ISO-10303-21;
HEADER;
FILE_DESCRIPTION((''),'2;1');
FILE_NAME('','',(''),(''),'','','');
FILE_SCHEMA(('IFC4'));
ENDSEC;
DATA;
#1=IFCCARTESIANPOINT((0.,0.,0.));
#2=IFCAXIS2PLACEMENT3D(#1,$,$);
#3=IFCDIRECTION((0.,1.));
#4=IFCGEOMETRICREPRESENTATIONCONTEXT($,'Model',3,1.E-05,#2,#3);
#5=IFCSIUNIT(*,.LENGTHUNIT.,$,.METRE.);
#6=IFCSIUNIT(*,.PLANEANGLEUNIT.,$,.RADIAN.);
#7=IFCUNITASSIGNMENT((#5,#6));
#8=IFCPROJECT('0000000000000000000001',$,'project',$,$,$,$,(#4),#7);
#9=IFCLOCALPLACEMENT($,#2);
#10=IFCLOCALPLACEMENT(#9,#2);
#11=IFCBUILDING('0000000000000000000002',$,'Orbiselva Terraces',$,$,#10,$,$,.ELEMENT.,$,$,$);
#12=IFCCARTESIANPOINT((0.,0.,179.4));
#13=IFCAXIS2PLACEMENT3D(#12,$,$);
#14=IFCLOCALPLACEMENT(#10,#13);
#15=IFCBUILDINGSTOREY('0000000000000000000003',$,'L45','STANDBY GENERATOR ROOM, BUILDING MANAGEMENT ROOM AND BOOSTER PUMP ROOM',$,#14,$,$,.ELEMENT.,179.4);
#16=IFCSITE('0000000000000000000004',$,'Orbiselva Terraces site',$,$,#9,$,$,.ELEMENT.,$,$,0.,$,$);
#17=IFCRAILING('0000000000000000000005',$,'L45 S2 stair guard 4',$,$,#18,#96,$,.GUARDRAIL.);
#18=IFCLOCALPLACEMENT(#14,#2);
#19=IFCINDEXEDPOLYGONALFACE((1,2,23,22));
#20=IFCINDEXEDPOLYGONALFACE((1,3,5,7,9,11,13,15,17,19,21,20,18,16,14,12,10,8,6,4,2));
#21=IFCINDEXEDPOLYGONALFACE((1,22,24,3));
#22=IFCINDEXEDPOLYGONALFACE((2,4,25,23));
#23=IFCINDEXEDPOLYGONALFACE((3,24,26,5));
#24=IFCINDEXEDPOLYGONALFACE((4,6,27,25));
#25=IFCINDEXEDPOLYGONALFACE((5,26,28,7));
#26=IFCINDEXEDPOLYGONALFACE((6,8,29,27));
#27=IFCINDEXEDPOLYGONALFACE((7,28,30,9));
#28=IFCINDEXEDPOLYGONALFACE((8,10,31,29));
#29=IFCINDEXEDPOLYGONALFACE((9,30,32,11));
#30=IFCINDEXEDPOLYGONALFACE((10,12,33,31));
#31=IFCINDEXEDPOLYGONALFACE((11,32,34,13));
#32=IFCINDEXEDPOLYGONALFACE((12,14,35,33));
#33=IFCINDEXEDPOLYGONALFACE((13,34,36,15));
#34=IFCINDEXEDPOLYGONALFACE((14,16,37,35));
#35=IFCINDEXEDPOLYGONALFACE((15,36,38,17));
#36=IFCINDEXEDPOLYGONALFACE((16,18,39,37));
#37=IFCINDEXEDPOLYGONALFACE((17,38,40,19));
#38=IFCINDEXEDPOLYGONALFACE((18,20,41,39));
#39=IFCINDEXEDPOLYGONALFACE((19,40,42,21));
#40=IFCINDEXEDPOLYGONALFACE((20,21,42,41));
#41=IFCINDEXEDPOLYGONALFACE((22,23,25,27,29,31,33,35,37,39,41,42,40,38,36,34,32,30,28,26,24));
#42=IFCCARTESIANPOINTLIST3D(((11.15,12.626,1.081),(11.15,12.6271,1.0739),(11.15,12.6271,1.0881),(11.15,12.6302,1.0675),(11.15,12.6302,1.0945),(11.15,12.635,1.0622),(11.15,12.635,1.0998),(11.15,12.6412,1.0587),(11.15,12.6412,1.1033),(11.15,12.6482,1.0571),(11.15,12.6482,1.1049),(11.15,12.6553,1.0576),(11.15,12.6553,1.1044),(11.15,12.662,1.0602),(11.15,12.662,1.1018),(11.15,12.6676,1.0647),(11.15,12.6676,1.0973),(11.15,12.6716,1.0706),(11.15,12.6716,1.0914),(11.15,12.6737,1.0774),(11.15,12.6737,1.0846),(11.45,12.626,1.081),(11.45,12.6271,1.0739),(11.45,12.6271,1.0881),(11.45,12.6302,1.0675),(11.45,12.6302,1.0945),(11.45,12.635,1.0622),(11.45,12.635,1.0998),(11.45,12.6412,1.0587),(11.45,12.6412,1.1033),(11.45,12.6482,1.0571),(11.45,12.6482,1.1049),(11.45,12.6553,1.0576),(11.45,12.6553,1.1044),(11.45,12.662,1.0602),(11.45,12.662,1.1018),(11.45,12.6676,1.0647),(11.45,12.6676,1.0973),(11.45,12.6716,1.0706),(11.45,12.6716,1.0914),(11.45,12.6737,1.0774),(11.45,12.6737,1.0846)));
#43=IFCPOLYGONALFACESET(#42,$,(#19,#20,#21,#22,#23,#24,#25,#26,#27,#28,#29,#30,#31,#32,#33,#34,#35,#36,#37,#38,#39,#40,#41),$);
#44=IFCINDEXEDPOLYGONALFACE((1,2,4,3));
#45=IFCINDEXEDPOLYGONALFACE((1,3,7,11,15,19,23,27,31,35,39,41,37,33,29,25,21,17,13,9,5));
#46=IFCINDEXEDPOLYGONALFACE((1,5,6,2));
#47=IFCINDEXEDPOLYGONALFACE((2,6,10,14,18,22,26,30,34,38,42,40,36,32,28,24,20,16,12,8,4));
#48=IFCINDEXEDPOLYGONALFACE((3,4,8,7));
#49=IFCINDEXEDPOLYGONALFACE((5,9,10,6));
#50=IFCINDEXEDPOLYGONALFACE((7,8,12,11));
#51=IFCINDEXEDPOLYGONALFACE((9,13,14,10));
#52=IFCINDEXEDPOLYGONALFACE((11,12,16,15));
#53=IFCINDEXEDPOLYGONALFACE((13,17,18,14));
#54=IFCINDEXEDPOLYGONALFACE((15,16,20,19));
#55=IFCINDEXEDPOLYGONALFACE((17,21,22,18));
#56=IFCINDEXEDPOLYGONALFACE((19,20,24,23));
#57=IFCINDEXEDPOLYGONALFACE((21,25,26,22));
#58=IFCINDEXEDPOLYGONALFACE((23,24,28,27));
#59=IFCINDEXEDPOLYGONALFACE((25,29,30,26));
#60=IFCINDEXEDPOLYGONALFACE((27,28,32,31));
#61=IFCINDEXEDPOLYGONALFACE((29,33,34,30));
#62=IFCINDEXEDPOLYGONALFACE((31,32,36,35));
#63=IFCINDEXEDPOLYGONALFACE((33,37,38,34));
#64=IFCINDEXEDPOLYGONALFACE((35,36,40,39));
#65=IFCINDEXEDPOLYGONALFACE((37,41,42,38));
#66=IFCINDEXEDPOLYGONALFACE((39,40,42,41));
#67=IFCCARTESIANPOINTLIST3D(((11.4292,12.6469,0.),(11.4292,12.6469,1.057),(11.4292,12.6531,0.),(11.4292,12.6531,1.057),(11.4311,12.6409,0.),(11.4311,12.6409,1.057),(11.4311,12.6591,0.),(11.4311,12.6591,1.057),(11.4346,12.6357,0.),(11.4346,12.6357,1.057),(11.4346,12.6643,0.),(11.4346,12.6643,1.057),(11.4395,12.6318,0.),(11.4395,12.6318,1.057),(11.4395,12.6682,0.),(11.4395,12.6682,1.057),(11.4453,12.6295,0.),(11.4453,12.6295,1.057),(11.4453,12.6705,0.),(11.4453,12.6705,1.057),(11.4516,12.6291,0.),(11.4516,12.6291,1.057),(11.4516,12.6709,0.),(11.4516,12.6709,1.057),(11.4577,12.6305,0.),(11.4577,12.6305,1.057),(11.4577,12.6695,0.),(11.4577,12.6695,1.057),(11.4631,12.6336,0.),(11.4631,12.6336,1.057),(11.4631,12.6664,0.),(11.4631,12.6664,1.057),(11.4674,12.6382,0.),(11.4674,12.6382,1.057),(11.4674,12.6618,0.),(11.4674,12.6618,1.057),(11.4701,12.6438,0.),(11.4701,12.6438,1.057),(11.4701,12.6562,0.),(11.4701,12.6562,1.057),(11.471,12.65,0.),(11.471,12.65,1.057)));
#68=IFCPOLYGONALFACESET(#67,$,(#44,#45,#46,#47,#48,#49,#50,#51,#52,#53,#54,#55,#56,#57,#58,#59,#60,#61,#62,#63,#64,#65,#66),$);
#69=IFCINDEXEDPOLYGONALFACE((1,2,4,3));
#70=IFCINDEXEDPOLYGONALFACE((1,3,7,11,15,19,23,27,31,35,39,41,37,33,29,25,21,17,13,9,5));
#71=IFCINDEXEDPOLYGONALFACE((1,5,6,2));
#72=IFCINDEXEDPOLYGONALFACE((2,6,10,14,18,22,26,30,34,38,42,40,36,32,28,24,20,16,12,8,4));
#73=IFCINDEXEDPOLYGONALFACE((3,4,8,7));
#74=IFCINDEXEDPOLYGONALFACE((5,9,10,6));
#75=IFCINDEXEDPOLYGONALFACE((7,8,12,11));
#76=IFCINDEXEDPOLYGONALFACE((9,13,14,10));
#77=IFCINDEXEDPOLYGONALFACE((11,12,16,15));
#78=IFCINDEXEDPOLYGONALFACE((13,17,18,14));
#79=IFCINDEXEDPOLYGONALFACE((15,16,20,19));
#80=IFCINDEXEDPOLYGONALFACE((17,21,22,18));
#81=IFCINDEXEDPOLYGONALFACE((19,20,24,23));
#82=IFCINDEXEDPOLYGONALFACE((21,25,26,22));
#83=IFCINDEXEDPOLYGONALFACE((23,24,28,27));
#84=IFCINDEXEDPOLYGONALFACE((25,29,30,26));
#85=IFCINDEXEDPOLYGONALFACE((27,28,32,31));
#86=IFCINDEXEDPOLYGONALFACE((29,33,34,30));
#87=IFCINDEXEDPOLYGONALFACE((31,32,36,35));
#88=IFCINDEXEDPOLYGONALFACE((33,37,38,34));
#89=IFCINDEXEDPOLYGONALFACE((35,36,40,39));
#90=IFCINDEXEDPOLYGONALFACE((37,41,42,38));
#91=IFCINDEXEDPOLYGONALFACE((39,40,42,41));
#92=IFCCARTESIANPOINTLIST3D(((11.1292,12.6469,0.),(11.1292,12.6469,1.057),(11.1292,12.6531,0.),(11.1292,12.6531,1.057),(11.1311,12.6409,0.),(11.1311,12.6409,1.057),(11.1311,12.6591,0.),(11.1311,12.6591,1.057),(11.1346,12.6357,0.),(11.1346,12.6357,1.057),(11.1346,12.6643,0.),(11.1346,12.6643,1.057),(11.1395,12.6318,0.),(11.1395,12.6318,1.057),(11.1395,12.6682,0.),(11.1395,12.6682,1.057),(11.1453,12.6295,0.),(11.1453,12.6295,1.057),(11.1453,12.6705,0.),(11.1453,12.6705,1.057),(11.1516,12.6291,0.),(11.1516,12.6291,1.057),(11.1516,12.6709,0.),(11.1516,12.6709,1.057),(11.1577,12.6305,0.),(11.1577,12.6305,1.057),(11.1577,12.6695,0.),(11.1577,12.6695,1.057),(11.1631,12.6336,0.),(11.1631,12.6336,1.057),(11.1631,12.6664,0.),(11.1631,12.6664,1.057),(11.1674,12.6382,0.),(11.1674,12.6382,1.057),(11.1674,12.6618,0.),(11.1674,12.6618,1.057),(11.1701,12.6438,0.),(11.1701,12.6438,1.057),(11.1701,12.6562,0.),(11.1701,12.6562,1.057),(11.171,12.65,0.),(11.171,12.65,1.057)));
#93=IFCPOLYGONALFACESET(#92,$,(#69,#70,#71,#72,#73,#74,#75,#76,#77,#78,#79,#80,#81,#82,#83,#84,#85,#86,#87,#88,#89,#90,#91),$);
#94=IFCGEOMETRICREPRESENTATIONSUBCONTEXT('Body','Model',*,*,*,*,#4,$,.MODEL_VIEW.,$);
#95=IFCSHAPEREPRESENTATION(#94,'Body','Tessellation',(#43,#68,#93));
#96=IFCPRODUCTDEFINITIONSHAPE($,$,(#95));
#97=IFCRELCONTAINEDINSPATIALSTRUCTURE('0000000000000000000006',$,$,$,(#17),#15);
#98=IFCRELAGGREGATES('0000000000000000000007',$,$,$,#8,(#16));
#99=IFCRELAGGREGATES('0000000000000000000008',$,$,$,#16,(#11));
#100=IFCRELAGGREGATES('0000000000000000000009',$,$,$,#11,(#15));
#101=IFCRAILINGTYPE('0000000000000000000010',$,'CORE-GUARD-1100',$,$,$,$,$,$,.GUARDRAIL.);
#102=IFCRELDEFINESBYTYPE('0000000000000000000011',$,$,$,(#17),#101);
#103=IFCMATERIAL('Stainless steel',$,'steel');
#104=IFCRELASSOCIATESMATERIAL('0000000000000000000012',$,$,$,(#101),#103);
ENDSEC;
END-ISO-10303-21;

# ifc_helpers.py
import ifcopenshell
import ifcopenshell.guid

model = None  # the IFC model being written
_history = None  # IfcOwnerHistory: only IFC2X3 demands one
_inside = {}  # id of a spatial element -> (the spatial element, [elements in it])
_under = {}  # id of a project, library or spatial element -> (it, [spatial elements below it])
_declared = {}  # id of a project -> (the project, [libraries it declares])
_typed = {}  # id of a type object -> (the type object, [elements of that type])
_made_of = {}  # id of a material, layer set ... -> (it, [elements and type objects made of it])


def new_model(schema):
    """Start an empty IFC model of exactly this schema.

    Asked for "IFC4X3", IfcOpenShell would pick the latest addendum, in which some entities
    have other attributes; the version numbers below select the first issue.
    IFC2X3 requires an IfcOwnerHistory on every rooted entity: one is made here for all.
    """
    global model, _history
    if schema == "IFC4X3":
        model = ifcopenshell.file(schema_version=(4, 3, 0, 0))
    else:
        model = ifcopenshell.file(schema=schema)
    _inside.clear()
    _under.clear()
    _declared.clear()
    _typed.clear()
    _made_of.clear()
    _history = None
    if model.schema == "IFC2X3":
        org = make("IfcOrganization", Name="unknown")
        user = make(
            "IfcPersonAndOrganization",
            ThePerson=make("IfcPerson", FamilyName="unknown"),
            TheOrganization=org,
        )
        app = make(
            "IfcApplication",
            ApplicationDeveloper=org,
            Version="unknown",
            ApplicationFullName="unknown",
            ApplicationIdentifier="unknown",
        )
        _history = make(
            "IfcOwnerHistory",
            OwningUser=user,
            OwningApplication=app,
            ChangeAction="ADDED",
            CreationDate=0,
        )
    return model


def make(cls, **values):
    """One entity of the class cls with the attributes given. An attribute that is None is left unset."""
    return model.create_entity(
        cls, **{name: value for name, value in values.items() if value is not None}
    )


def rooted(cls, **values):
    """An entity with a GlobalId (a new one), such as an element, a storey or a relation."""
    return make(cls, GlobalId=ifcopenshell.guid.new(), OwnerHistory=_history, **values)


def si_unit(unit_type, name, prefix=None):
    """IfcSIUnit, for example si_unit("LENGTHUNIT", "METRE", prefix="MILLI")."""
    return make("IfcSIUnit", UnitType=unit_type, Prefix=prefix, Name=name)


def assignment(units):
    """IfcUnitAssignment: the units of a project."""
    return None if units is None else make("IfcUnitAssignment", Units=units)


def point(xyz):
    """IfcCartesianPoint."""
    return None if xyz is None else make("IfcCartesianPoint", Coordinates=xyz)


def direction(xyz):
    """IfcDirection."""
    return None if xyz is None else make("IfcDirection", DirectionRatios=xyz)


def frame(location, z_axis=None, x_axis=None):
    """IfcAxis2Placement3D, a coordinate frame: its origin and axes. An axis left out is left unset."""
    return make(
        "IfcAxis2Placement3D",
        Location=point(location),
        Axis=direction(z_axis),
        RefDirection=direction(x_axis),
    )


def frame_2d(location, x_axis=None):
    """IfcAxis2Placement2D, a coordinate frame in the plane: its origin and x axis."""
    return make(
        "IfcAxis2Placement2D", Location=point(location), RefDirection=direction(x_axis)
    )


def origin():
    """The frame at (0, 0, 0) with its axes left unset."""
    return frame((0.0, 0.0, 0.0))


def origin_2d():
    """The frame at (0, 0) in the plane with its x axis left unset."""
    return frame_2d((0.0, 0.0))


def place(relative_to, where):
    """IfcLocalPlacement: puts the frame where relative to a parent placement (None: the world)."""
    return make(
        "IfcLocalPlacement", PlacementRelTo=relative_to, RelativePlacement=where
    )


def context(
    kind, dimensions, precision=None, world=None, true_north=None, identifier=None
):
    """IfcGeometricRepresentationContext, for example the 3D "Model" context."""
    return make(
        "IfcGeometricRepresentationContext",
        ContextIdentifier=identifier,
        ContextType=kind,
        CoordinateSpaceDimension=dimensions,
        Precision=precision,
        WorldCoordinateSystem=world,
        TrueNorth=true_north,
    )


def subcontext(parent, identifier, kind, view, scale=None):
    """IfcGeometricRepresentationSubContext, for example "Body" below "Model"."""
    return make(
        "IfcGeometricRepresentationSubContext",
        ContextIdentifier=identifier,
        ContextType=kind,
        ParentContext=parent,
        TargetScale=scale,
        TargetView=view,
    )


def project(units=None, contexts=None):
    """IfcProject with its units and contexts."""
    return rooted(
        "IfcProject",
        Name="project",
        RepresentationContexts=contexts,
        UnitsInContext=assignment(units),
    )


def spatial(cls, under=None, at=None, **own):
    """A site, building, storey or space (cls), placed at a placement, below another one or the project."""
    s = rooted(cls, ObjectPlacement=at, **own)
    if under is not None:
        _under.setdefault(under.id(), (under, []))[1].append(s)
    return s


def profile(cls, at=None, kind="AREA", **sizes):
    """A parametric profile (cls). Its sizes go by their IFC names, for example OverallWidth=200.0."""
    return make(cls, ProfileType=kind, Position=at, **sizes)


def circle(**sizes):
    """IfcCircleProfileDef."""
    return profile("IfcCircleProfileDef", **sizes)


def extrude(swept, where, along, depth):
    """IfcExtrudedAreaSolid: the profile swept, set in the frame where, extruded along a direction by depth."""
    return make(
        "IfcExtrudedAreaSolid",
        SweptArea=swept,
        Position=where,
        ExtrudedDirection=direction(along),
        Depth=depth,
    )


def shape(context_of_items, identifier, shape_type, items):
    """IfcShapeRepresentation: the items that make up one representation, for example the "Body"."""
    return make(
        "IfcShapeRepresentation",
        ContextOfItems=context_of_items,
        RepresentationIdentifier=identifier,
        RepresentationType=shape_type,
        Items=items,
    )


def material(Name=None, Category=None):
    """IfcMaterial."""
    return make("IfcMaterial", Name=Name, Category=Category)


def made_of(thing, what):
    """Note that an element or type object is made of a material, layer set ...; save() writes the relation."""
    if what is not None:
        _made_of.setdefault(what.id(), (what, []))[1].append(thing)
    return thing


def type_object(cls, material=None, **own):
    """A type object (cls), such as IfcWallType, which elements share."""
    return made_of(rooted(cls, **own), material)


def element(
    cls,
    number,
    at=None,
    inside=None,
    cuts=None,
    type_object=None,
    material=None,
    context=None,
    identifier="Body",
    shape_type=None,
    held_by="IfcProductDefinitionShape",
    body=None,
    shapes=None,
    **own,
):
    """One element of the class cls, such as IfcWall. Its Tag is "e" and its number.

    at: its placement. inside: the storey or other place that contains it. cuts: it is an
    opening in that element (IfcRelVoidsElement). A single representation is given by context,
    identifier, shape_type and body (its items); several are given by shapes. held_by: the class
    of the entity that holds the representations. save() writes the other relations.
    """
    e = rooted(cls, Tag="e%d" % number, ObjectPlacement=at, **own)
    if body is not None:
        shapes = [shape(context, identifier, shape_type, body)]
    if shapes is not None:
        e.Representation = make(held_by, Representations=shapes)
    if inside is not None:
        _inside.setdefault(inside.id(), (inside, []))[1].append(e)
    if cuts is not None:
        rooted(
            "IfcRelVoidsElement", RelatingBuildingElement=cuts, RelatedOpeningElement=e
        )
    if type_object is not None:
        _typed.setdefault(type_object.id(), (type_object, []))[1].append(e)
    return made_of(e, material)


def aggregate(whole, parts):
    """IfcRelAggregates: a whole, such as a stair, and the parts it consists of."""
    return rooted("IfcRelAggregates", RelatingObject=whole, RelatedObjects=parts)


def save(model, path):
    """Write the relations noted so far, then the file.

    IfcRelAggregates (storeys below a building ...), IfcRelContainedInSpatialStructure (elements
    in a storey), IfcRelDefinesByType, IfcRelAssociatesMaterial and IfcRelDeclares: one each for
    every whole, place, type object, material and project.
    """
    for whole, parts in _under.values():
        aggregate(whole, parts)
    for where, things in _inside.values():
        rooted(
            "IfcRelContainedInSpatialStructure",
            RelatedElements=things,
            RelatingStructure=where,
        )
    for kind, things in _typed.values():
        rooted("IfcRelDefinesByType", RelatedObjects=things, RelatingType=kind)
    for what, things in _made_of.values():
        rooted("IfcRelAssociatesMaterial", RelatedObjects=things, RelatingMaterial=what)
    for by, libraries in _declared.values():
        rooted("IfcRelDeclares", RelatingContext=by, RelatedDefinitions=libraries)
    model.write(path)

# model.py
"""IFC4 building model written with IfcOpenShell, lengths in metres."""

from ifc_helpers import new_model, si_unit, direction, frame, origin, origin_2d, place, context, subcontext, project, spatial, circle, extrude, material, type_object, element, save


model = new_model("IFC4")

# Units and contexts
model_context = context("Model", 3, precision=1e-05, world=origin(), true_north=direction((0.0, 1.0)))
body_context = subcontext(model_context, "Body", "Model", "MODEL_VIEW")
ifc_project = project(units=[si_unit("LENGTHUNIT", "METRE"), si_unit("PLANEANGLEUNIT", "RADIAN")], contexts=[model_context])

# Site, building, storey
site_placement = place(None, origin())
site = spatial("IfcSite", under=ifc_project, at=site_placement, Name="Orbiselva Terraces site", CompositionType="ELEMENT", RefElevation=0.0)
building_placement = place(site_placement, origin())
building = spatial("IfcBuilding", under=site, at=building_placement, Name="Orbiselva Terraces", CompositionType="ELEMENT")
storey_placement = place(building_placement, frame((0.0, 0.0, 179.4)))
storey = spatial("IfcBuildingStorey", under=building, at=storey_placement, Name="L45", Description="STANDBY GENERATOR ROOM, BUILDING MANAGEMENT ROOM AND BOOSTER PUMP ROOM", CompositionType="ELEMENT", Elevation=179.4)

# Railing
ifc_material_1 = material(Name="Stainless steel", Category="steel")
railing_type = type_object("IfcRailingType", Name="CORE-GUARD-1100", PredefinedType="GUARDRAIL", material=ifc_material_1)
railing_1_placement = place(storey_placement, frame((11.45, 12.65, 0.0)))
element("IfcRailing", 1, at=railing_1_placement, inside=storey, type_object=railing_type, Name="L45 S2 stair guard 4", PredefinedType="GUARDRAIL", context=body_context, shape_type="SweptSolid", body=[
    extrude(circle(Radius=0.024, at=origin_2d()), frame((0.0, 0.0, 1.081), z_axis=(-1.0, 0.0, 0.0), x_axis=(0.0, -1.0, 0.0)), (0.0, 0.0, 1.0), 0.3),
    extrude(circle(Radius=0.021, at=origin_2d()), origin(), (0.0, 0.0, 1.0), 1.057),
    extrude(circle(Radius=0.021, at=origin_2d()), frame((-0.3, 0.0, 0.0)), (0.0, 0.0, 1.0), 1.057),
])

save(model, "model.ifc")
